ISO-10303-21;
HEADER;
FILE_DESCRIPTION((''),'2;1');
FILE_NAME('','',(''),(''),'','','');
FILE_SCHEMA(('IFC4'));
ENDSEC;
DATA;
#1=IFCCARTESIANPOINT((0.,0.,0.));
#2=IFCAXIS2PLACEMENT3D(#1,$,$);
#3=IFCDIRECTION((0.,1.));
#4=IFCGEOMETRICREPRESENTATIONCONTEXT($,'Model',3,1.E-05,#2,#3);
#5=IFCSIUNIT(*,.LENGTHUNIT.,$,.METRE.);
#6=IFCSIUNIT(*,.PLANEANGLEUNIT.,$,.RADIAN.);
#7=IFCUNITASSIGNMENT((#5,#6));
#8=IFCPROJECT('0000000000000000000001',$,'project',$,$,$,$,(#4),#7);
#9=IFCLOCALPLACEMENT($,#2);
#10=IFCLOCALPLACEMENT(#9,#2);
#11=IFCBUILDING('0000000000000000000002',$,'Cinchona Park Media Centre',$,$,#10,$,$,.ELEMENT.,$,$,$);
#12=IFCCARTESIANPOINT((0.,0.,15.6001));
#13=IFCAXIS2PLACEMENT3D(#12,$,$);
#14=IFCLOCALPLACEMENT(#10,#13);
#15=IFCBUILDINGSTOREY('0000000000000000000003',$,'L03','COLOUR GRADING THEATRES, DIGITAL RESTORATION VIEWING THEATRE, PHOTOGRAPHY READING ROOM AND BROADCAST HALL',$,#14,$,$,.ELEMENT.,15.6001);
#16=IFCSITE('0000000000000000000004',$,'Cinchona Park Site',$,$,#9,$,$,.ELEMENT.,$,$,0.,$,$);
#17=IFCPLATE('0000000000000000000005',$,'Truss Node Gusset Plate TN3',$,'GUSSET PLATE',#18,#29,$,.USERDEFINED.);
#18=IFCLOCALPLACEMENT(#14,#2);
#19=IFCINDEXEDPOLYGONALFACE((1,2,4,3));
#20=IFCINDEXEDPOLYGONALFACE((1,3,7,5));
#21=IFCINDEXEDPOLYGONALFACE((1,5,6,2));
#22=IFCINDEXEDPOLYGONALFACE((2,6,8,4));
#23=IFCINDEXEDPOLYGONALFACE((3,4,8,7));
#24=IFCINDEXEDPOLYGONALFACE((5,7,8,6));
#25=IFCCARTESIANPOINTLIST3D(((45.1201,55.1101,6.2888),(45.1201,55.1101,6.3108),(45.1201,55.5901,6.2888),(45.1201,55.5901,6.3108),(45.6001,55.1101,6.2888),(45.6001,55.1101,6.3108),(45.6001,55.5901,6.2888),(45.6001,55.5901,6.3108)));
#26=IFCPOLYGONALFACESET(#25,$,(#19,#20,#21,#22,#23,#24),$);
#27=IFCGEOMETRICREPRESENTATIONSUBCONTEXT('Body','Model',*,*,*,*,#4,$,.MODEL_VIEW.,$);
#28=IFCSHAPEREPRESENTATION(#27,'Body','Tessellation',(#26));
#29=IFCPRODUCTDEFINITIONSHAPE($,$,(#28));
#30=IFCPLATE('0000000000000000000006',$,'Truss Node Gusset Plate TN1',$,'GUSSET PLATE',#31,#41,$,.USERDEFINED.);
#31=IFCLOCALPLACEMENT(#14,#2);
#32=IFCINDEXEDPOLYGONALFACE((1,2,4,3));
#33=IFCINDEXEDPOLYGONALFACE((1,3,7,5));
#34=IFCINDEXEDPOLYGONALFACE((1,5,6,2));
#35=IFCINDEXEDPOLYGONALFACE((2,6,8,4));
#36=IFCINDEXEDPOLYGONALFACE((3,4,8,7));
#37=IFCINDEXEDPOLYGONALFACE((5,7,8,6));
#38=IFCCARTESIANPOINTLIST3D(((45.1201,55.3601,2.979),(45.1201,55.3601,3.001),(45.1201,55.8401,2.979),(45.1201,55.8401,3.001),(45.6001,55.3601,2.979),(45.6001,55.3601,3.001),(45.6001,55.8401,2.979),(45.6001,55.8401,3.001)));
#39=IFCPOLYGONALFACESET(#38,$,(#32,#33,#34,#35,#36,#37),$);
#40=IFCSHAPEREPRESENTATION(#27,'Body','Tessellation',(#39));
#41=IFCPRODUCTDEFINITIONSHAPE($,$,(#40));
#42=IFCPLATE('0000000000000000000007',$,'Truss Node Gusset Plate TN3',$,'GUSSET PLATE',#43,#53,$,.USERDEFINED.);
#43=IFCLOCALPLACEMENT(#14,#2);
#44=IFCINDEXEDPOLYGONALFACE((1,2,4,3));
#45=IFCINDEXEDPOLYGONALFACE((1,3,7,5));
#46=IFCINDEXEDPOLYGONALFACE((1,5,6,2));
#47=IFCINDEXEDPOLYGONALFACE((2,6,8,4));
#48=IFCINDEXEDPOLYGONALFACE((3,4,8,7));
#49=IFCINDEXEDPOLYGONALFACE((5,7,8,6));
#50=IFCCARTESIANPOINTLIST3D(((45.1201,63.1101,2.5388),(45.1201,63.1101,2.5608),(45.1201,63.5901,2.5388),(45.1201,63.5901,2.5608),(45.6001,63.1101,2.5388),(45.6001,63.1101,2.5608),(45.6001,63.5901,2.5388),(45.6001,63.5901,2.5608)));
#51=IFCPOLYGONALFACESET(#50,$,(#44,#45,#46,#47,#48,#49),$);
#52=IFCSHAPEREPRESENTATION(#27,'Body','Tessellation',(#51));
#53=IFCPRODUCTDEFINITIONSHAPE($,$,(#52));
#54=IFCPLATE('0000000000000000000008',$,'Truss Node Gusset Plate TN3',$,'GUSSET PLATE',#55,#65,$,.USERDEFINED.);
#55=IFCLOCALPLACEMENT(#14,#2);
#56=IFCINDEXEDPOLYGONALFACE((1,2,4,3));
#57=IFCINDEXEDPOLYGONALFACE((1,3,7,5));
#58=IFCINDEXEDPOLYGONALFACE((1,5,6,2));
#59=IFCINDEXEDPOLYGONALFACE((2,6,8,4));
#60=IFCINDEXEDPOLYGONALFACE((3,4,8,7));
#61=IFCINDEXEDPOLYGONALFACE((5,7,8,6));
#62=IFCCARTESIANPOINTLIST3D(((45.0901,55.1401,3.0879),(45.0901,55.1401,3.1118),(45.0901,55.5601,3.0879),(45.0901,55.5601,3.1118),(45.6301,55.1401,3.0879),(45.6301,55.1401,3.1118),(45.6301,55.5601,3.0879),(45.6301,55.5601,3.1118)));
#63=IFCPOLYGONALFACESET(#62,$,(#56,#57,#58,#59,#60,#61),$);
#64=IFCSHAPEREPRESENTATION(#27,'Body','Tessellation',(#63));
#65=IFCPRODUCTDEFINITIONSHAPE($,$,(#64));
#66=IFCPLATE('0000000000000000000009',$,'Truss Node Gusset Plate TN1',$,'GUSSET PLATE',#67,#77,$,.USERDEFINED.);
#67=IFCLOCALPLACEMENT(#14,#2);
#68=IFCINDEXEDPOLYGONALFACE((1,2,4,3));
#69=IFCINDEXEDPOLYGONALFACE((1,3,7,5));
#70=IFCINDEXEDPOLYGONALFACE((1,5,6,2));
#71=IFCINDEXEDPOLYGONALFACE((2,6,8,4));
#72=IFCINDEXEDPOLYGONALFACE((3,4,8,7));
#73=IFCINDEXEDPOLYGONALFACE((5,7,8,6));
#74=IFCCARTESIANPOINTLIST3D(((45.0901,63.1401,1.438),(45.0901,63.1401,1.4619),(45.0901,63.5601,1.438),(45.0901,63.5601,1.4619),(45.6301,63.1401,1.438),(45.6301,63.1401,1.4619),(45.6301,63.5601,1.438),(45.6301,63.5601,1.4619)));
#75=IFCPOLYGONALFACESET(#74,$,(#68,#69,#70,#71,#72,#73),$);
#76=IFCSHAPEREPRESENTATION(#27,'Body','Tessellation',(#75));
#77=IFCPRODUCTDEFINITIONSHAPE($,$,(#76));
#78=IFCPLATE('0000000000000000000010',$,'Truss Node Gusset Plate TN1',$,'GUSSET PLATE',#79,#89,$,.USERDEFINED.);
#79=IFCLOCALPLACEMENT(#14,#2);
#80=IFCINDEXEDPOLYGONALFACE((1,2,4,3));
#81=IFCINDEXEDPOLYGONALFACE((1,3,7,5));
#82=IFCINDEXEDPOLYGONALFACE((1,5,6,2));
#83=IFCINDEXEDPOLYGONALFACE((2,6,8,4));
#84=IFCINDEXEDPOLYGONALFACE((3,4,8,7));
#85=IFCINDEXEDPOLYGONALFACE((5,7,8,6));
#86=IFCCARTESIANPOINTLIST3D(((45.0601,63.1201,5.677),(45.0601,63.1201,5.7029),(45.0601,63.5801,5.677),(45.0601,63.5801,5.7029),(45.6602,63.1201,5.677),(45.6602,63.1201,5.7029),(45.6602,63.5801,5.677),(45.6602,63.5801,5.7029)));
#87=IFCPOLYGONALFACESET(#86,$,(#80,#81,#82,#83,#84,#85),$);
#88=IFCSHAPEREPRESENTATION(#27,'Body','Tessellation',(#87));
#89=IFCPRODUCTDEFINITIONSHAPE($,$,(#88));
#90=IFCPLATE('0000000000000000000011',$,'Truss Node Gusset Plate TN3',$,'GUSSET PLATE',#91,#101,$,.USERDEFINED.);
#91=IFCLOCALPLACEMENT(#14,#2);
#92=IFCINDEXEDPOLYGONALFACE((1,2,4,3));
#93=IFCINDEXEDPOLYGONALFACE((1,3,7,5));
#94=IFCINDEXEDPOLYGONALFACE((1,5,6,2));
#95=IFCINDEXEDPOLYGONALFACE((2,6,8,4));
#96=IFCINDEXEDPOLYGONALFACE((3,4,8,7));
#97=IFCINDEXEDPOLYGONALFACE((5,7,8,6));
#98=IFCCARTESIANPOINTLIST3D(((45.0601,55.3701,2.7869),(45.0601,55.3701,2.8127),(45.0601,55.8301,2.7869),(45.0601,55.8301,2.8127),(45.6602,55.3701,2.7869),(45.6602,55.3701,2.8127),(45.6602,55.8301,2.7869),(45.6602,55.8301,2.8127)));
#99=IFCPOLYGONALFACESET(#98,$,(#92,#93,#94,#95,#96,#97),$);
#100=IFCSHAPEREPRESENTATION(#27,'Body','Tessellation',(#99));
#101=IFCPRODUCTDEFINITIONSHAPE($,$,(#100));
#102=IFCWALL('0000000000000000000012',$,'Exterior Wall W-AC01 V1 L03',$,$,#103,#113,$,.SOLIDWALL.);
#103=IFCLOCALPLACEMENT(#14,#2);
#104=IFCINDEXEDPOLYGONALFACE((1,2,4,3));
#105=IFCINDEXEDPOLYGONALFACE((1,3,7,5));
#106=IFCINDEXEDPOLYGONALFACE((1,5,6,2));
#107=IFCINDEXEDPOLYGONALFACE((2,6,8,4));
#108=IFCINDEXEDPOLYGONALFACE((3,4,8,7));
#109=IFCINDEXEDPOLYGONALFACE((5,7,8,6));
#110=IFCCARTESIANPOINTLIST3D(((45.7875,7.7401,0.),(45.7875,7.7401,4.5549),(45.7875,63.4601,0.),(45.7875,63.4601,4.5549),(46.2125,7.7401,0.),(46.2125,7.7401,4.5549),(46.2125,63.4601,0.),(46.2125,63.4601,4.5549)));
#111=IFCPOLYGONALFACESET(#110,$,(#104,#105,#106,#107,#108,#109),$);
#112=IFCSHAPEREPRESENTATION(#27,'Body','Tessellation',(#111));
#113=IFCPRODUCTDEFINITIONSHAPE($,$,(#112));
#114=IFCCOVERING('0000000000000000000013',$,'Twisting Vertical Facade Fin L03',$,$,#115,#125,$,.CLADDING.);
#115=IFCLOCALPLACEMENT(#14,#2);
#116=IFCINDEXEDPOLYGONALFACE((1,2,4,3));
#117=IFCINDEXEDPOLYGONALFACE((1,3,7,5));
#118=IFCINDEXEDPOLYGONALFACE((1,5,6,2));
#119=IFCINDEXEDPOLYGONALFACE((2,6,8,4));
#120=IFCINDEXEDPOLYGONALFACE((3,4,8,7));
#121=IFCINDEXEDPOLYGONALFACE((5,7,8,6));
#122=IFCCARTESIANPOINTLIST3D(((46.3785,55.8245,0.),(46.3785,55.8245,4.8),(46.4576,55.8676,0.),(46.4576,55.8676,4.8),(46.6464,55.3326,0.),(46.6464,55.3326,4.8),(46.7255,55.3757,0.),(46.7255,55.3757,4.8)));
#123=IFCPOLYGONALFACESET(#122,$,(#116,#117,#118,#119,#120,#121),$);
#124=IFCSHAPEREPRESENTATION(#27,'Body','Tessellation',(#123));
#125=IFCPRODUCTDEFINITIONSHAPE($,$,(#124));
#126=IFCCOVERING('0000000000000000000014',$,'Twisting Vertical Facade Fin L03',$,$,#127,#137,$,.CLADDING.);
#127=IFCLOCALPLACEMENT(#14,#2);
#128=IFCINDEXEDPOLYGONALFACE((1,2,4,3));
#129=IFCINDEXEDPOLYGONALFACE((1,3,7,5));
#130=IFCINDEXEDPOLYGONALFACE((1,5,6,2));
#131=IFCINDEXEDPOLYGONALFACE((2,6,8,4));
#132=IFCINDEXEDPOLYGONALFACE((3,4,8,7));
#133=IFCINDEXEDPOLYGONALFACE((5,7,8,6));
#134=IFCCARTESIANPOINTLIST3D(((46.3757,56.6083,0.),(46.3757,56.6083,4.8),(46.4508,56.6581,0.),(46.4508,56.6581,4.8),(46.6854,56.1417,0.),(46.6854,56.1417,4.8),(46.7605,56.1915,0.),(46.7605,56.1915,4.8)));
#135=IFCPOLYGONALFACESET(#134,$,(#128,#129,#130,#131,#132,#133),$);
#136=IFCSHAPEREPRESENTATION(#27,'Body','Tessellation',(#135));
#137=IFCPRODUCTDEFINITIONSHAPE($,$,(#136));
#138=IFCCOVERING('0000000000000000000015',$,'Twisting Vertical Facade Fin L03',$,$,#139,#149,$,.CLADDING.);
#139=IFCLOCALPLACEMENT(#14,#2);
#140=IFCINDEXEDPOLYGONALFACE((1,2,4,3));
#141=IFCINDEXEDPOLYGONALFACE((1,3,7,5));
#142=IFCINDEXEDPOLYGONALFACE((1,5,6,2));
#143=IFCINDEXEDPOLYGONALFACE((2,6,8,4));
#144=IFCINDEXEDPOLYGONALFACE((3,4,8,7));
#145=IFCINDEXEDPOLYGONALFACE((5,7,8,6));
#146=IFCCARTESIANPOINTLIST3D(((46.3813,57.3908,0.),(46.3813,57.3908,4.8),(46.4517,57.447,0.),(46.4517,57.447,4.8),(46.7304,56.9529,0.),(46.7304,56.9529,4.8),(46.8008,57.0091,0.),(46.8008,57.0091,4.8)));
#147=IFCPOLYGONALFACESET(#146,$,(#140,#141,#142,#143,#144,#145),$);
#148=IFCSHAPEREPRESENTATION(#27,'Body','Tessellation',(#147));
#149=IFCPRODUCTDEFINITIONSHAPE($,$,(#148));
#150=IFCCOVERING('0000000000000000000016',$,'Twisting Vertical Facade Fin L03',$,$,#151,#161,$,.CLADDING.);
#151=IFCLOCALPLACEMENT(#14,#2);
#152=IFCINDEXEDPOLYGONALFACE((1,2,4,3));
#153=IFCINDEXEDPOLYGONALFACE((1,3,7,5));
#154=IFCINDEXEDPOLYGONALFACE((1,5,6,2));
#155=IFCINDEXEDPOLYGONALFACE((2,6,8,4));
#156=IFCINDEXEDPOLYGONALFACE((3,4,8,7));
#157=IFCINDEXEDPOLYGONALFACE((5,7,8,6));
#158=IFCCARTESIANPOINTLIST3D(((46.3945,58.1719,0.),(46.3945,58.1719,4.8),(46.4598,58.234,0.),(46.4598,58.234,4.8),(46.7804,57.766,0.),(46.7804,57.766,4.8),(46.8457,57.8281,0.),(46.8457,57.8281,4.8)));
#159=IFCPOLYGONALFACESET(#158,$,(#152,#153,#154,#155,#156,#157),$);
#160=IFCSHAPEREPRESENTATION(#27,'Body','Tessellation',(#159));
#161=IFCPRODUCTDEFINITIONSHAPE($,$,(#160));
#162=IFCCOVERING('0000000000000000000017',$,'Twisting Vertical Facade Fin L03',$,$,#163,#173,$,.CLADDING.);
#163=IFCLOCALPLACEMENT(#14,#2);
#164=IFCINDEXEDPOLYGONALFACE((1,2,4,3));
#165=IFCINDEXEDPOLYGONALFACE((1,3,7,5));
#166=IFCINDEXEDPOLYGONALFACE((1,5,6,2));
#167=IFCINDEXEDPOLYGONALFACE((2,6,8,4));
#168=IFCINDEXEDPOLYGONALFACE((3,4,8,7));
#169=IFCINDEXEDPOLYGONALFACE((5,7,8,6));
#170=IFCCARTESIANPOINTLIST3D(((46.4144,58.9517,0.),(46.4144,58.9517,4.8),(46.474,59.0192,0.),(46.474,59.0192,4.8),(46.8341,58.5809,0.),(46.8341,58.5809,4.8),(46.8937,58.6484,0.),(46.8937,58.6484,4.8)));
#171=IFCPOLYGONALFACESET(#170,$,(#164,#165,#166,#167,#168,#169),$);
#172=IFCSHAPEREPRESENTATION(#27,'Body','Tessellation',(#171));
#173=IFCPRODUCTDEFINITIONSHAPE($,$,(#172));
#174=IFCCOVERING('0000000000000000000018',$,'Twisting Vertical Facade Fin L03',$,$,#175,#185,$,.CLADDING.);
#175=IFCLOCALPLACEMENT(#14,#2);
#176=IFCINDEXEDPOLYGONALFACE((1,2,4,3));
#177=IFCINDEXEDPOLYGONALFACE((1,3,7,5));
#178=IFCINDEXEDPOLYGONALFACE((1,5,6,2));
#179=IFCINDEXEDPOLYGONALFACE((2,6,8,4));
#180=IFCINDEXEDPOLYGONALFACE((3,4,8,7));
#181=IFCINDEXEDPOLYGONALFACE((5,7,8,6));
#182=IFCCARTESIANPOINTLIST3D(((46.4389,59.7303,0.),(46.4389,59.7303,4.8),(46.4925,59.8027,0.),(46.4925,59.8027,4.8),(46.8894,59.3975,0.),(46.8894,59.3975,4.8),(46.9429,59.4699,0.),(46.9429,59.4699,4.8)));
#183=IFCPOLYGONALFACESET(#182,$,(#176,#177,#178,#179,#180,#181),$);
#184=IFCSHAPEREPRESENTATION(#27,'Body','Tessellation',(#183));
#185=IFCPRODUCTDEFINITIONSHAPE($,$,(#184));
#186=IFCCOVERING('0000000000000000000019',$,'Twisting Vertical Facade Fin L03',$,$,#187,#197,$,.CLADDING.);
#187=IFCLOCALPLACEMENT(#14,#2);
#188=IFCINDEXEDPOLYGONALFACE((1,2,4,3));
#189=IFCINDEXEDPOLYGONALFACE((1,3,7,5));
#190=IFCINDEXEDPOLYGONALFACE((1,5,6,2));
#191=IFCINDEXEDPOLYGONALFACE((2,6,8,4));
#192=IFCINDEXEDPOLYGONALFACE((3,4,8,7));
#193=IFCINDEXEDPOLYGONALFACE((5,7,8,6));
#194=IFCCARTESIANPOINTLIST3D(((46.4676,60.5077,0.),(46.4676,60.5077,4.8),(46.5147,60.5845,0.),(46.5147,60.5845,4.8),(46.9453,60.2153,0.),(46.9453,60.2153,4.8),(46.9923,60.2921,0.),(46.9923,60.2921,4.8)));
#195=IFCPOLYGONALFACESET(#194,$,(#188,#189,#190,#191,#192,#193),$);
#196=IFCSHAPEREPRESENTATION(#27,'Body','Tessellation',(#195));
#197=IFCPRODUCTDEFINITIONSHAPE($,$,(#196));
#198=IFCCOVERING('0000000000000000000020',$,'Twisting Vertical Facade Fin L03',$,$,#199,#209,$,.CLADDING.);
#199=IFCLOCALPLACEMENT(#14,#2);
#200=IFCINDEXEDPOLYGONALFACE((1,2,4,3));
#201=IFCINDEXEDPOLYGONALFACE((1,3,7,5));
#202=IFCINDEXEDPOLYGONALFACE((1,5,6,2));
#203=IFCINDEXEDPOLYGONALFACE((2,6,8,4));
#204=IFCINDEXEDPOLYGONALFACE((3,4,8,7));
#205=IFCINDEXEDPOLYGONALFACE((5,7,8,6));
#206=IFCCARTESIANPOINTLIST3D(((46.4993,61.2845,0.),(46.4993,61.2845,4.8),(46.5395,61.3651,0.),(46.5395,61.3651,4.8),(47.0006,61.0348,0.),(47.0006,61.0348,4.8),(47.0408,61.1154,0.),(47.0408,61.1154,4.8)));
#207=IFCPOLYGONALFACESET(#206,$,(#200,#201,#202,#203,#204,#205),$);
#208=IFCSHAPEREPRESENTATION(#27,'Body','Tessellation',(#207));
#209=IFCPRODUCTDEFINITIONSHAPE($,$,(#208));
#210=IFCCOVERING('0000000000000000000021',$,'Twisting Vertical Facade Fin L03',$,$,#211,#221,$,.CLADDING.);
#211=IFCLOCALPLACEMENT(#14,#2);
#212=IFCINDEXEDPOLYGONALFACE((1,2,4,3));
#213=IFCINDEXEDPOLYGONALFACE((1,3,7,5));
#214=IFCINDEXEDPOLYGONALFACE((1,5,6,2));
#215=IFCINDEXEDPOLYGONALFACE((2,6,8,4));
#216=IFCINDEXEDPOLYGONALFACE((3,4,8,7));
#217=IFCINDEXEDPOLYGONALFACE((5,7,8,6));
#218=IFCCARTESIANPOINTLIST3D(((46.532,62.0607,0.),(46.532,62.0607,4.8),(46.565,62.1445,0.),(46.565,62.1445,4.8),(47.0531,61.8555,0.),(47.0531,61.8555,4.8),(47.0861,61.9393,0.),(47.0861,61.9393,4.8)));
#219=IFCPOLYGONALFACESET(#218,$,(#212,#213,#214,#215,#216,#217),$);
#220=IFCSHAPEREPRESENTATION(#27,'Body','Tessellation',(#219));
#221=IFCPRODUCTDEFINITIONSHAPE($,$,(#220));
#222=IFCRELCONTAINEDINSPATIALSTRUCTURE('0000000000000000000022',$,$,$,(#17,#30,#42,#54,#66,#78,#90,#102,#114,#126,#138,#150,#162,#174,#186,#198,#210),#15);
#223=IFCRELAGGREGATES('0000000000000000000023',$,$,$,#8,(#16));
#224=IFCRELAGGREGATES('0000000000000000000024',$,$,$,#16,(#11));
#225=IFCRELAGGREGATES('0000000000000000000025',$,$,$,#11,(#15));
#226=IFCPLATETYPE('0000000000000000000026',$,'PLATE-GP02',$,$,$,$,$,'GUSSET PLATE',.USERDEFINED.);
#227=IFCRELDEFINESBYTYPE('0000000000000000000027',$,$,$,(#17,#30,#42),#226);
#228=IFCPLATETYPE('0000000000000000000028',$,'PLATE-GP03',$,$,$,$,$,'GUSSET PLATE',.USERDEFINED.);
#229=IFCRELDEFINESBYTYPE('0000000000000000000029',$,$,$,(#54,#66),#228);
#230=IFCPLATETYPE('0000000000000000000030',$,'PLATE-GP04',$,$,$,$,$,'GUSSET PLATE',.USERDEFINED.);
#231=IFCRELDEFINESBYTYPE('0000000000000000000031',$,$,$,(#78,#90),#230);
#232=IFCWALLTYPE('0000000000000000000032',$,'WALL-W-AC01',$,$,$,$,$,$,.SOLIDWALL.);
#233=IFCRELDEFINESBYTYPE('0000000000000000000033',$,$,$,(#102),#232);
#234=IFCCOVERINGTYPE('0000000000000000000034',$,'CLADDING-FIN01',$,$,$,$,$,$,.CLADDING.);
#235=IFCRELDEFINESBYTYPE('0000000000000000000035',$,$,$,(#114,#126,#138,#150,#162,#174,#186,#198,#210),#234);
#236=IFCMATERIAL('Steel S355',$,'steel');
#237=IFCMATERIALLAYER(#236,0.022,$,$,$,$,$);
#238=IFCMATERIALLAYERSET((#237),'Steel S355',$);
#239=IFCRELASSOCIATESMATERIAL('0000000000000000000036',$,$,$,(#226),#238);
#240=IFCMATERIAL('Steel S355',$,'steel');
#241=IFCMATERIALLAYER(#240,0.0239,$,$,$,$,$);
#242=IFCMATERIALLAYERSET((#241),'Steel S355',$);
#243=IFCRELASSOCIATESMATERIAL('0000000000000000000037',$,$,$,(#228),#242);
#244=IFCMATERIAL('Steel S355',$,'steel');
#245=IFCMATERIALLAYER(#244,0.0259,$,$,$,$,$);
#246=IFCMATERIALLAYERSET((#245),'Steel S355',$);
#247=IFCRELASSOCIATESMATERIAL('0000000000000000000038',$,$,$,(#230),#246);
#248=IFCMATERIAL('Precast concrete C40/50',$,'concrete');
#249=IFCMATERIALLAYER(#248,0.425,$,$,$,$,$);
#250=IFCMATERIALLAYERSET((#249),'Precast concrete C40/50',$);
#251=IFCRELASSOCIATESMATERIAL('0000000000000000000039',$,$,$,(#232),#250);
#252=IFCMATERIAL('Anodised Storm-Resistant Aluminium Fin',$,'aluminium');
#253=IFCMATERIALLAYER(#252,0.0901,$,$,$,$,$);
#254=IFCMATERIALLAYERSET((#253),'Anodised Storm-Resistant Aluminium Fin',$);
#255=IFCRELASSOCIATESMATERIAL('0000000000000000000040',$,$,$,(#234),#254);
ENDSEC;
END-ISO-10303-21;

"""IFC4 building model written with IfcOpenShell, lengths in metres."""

from ifc_helpers import new_model, si_unit, direction, frame, frame_2d, origin, origin_2d, place, context, subcontext, project, spatial, rectangle, extrude, material, layer, layer_set, type_object, element, save


model = new_model("IFC4")

# Units and contexts
model_context = context("Model", 3, precision=1e-05, world=origin(), true_north=direction((0.0, 1.0)))
body_context = subcontext(model_context, "Body", "Model", "MODEL_VIEW")
ifc_project = project(units=[si_unit("LENGTHUNIT", "METRE"), si_unit("PLANEANGLEUNIT", "RADIAN")], contexts=[model_context])

# Site, building, storey
site_placement = place(None, origin())
site = spatial("IfcSite", under=ifc_project, at=site_placement, Name="Cinchona Park Site", CompositionType="ELEMENT", RefElevation=0.0)
building_placement = place(site_placement, origin())
building = spatial("IfcBuilding", under=site, at=building_placement, Name="Cinchona Park Media Centre", CompositionType="ELEMENT")
storey_placement = place(building_placement, frame((0.0, 0.0, 15.6001)))
storey = spatial("IfcBuildingStorey", under=building, at=storey_placement, Name="L03", Description="COLOUR GRADING THEATRES, DIGITAL RESTORATION VIEWING THEATRE, PHOTOGRAPHY READING ROOM AND BROADCAST HALL", CompositionType="ELEMENT", Elevation=15.6001)

# Plates
ifc_material_1 = material(Name="Steel S355", Category="steel")
ifc_layer_1 = layer(ifc_material_1, 0.022)
ifc_layer_set_1 = layer_set([ifc_layer_1], Name="Steel S355")
plate_type_1 = type_object("IfcPlateType", Name="PLATE-GP02", ElementType="GUSSET PLATE", PredefinedType="USERDEFINED", material=ifc_layer_set_1)
for number, where, z_axis, x_axis, name in (
    (1, (45.3601, 55.3501, 6.2888), (0.0, 0.0, 1.0), (1.0, 0.0, 0.0), "Truss Node Gusset Plate TN3"),
    (2, (45.3601, 55.6001, 2.979), (0.0, 0.0, 1.0), (1.0, 0.0, 0.0), "Truss Node Gusset Plate TN1"),
    (3, (45.3601, 63.3501, 2.5388), (0.0, 0.0, 1.0), (1.0, 0.0, 0.0), "Truss Node Gusset Plate TN3"),
):
    element("IfcPlate", number, at=place(storey_placement, frame(where, z_axis=z_axis, x_axis=x_axis)), inside=storey, type_object=plate_type_1, Name=name, ObjectType="GUSSET PLATE", PredefinedType="USERDEFINED", context=body_context, shape_type="SweptSolid", body=[
        extrude(rectangle(XDim=0.48, YDim=0.48, at=origin_2d()), origin(), (0.0, 0.0, 1.0), 0.022),
    ])
ifc_material_2 = material(Name="Steel S355", Category="steel")
ifc_layer_2 = layer(ifc_material_2, 0.0239)
ifc_layer_set_2 = layer_set([ifc_layer_2], Name="Steel S355")
plate_type_2 = type_object("IfcPlateType", Name="PLATE-GP03", ElementType="GUSSET PLATE", PredefinedType="USERDEFINED", material=ifc_layer_set_2)
for number, where, z_axis, x_axis, name in (
    (4, (45.3601, 55.3501, 3.0879), (0.0, 0.0, 1.0), (1.0, 0.0, 0.0), "Truss Node Gusset Plate TN3"),
    (5, (45.3601, 63.3501, 1.438), (0.0, 0.0, 1.0), (1.0, 0.0, 0.0), "Truss Node Gusset Plate TN1"),
):
    element("IfcPlate", number, at=place(storey_placement, frame(where, z_axis=z_axis, x_axis=x_axis)), inside=storey, type_object=plate_type_2, Name=name, ObjectType="GUSSET PLATE", PredefinedType="USERDEFINED", context=body_context, shape_type="SweptSolid", body=[
        extrude(rectangle(XDim=0.54, YDim=0.4199, at=origin_2d()), origin(), (0.0, 0.0, 1.0), 0.0239),
    ])
ifc_material_3 = material(Name="Steel S355", Category="steel")
ifc_layer_3 = layer(ifc_material_3, 0.0259)
ifc_layer_set_3 = layer_set([ifc_layer_3], Name="Steel S355")
plate_type_3 = type_object("IfcPlateType", Name="PLATE-GP04", ElementType="GUSSET PLATE", PredefinedType="USERDEFINED", material=ifc_layer_set_3)
for number, where, z_axis, x_axis, name in (
    (6, (45.3601, 63.3501, 5.677), (0.0, 0.0, 1.0), (1.0, 0.0, 0.0), "Truss Node Gusset Plate TN1"),
    (7, (45.3601, 55.6001, 2.7869), (0.0, 0.0, 1.0), (1.0, 0.0, 0.0), "Truss Node Gusset Plate TN3"),
):
    element("IfcPlate", number, at=place(storey_placement, frame(where, z_axis=z_axis, x_axis=x_axis)), inside=storey, type_object=plate_type_3, Name=name, ObjectType="GUSSET PLATE", PredefinedType="USERDEFINED", context=body_context, shape_type="SweptSolid", body=[
        extrude(rectangle(XDim=0.6001, YDim=0.46, at=origin_2d()), origin(), (0.0, 0.0, 1.0), 0.0259),
    ])

# Wall
ifc_material_4 = material(Name="Precast concrete C40/50", Category="concrete")
ifc_layer_4 = layer(ifc_material_4, 0.425)
ifc_layer_set_4 = layer_set([ifc_layer_4], Name="Precast concrete C40/50")
wall_type = type_object("IfcWallType", Name="WALL-W-AC01", PredefinedType="SOLIDWALL", material=ifc_layer_set_4)
wall_placement = place(storey_placement, frame((46.0, 63.46, 0.0), z_axis=(0.0, 0.0, 1.0), x_axis=(0.0, -1.0, 0.0)))
element("IfcWall", 8, at=wall_placement, inside=storey, type_object=wall_type, Name="Exterior Wall W-AC01 V1 L03", PredefinedType="SOLIDWALL", context=body_context, shape_type="SweptSolid", body=[
    extrude(rectangle(XDim=55.72, YDim=0.425, at=frame_2d((27.8599, 0.0))), origin(), (0.0, 0.0, 1.0), 4.5549),
])

# Coverings
ifc_material_5 = material(Name="Anodised Storm-Resistant Aluminium Fin", Category="aluminium")
ifc_layer_5 = layer(ifc_material_5, 0.0901)
ifc_layer_set_5 = layer_set([ifc_layer_5], Name="Anodised Storm-Resistant Aluminium Fin")
covering_type = type_object("IfcCoveringType", Name="CLADDING-FIN01", PredefinedType="CLADDING", material=ifc_layer_set_5)
for number, where, z_axis, x_axis, name in (
    (9, (46.552, 55.6001, 0.0), (0.0, 0.0, 1.0), (-0.478385, 0.87815, 0.0), "Twisting Vertical Facade Fin L03"),
    (10, (46.5681, 56.3999, 0.0), (0.0, 0.0, 1.0), (-0.552955, 0.833211, 0.0), "Twisting Vertical Facade Fin L03"),
    (11, (46.5911, 57.2, 0.0), (0.0, 0.0, 1.0), (-0.623334, 0.781956, 0.0), "Twisting Vertical Facade Fin L03"),
    (12, (46.6201, 58.0, 0.0), (0.0, 0.0, 1.0), (-0.688987, 0.724773, 0.0), "Twisting Vertical Facade Fin L03"),
    (13, (46.6541, 58.8, 0.0), (0.0, 0.0, 1.0), (-0.749418, 0.662097, 0.0), "Twisting Vertical Facade Fin L03"),
    (14, (46.6909, 59.6001, 0.0), (0.0, 0.0, 1.0), (-0.804272, 0.594261, 0.0), "Twisting Vertical Facade Fin L03"),
    (15, (46.73, 60.3999, 0.0), (0.0, 0.0, 1.0), (-0.852914, 0.522052, 0.0), "Twisting Vertical Facade Fin L03"),
    (16, (46.77, 61.2, 0.0), (0.0, 0.0, 1.0), (-0.89509, 0.445885, 0.0), "Twisting Vertical Facade Fin L03"),
    (17, (46.8091, 62.0, 0.0), (0.0, 0.0, 1.0), (-0.930482, 0.366339, 0.0), "Twisting Vertical Facade Fin L03"),
):
    element("IfcCovering", number, at=place(storey_placement, frame(where, z_axis=z_axis, x_axis=x_axis)), inside=storey, type_object=covering_type, Name=name, PredefinedType="CLADDING", context=body_context, shape_type="SweptSolid", body=[
        extrude(rectangle(XDim=0.5601, YDim=0.0901, at=origin_2d()), origin(), (0.0, 0.0, 1.0), 4.8),
    ])

save(model, "model.ifc")
